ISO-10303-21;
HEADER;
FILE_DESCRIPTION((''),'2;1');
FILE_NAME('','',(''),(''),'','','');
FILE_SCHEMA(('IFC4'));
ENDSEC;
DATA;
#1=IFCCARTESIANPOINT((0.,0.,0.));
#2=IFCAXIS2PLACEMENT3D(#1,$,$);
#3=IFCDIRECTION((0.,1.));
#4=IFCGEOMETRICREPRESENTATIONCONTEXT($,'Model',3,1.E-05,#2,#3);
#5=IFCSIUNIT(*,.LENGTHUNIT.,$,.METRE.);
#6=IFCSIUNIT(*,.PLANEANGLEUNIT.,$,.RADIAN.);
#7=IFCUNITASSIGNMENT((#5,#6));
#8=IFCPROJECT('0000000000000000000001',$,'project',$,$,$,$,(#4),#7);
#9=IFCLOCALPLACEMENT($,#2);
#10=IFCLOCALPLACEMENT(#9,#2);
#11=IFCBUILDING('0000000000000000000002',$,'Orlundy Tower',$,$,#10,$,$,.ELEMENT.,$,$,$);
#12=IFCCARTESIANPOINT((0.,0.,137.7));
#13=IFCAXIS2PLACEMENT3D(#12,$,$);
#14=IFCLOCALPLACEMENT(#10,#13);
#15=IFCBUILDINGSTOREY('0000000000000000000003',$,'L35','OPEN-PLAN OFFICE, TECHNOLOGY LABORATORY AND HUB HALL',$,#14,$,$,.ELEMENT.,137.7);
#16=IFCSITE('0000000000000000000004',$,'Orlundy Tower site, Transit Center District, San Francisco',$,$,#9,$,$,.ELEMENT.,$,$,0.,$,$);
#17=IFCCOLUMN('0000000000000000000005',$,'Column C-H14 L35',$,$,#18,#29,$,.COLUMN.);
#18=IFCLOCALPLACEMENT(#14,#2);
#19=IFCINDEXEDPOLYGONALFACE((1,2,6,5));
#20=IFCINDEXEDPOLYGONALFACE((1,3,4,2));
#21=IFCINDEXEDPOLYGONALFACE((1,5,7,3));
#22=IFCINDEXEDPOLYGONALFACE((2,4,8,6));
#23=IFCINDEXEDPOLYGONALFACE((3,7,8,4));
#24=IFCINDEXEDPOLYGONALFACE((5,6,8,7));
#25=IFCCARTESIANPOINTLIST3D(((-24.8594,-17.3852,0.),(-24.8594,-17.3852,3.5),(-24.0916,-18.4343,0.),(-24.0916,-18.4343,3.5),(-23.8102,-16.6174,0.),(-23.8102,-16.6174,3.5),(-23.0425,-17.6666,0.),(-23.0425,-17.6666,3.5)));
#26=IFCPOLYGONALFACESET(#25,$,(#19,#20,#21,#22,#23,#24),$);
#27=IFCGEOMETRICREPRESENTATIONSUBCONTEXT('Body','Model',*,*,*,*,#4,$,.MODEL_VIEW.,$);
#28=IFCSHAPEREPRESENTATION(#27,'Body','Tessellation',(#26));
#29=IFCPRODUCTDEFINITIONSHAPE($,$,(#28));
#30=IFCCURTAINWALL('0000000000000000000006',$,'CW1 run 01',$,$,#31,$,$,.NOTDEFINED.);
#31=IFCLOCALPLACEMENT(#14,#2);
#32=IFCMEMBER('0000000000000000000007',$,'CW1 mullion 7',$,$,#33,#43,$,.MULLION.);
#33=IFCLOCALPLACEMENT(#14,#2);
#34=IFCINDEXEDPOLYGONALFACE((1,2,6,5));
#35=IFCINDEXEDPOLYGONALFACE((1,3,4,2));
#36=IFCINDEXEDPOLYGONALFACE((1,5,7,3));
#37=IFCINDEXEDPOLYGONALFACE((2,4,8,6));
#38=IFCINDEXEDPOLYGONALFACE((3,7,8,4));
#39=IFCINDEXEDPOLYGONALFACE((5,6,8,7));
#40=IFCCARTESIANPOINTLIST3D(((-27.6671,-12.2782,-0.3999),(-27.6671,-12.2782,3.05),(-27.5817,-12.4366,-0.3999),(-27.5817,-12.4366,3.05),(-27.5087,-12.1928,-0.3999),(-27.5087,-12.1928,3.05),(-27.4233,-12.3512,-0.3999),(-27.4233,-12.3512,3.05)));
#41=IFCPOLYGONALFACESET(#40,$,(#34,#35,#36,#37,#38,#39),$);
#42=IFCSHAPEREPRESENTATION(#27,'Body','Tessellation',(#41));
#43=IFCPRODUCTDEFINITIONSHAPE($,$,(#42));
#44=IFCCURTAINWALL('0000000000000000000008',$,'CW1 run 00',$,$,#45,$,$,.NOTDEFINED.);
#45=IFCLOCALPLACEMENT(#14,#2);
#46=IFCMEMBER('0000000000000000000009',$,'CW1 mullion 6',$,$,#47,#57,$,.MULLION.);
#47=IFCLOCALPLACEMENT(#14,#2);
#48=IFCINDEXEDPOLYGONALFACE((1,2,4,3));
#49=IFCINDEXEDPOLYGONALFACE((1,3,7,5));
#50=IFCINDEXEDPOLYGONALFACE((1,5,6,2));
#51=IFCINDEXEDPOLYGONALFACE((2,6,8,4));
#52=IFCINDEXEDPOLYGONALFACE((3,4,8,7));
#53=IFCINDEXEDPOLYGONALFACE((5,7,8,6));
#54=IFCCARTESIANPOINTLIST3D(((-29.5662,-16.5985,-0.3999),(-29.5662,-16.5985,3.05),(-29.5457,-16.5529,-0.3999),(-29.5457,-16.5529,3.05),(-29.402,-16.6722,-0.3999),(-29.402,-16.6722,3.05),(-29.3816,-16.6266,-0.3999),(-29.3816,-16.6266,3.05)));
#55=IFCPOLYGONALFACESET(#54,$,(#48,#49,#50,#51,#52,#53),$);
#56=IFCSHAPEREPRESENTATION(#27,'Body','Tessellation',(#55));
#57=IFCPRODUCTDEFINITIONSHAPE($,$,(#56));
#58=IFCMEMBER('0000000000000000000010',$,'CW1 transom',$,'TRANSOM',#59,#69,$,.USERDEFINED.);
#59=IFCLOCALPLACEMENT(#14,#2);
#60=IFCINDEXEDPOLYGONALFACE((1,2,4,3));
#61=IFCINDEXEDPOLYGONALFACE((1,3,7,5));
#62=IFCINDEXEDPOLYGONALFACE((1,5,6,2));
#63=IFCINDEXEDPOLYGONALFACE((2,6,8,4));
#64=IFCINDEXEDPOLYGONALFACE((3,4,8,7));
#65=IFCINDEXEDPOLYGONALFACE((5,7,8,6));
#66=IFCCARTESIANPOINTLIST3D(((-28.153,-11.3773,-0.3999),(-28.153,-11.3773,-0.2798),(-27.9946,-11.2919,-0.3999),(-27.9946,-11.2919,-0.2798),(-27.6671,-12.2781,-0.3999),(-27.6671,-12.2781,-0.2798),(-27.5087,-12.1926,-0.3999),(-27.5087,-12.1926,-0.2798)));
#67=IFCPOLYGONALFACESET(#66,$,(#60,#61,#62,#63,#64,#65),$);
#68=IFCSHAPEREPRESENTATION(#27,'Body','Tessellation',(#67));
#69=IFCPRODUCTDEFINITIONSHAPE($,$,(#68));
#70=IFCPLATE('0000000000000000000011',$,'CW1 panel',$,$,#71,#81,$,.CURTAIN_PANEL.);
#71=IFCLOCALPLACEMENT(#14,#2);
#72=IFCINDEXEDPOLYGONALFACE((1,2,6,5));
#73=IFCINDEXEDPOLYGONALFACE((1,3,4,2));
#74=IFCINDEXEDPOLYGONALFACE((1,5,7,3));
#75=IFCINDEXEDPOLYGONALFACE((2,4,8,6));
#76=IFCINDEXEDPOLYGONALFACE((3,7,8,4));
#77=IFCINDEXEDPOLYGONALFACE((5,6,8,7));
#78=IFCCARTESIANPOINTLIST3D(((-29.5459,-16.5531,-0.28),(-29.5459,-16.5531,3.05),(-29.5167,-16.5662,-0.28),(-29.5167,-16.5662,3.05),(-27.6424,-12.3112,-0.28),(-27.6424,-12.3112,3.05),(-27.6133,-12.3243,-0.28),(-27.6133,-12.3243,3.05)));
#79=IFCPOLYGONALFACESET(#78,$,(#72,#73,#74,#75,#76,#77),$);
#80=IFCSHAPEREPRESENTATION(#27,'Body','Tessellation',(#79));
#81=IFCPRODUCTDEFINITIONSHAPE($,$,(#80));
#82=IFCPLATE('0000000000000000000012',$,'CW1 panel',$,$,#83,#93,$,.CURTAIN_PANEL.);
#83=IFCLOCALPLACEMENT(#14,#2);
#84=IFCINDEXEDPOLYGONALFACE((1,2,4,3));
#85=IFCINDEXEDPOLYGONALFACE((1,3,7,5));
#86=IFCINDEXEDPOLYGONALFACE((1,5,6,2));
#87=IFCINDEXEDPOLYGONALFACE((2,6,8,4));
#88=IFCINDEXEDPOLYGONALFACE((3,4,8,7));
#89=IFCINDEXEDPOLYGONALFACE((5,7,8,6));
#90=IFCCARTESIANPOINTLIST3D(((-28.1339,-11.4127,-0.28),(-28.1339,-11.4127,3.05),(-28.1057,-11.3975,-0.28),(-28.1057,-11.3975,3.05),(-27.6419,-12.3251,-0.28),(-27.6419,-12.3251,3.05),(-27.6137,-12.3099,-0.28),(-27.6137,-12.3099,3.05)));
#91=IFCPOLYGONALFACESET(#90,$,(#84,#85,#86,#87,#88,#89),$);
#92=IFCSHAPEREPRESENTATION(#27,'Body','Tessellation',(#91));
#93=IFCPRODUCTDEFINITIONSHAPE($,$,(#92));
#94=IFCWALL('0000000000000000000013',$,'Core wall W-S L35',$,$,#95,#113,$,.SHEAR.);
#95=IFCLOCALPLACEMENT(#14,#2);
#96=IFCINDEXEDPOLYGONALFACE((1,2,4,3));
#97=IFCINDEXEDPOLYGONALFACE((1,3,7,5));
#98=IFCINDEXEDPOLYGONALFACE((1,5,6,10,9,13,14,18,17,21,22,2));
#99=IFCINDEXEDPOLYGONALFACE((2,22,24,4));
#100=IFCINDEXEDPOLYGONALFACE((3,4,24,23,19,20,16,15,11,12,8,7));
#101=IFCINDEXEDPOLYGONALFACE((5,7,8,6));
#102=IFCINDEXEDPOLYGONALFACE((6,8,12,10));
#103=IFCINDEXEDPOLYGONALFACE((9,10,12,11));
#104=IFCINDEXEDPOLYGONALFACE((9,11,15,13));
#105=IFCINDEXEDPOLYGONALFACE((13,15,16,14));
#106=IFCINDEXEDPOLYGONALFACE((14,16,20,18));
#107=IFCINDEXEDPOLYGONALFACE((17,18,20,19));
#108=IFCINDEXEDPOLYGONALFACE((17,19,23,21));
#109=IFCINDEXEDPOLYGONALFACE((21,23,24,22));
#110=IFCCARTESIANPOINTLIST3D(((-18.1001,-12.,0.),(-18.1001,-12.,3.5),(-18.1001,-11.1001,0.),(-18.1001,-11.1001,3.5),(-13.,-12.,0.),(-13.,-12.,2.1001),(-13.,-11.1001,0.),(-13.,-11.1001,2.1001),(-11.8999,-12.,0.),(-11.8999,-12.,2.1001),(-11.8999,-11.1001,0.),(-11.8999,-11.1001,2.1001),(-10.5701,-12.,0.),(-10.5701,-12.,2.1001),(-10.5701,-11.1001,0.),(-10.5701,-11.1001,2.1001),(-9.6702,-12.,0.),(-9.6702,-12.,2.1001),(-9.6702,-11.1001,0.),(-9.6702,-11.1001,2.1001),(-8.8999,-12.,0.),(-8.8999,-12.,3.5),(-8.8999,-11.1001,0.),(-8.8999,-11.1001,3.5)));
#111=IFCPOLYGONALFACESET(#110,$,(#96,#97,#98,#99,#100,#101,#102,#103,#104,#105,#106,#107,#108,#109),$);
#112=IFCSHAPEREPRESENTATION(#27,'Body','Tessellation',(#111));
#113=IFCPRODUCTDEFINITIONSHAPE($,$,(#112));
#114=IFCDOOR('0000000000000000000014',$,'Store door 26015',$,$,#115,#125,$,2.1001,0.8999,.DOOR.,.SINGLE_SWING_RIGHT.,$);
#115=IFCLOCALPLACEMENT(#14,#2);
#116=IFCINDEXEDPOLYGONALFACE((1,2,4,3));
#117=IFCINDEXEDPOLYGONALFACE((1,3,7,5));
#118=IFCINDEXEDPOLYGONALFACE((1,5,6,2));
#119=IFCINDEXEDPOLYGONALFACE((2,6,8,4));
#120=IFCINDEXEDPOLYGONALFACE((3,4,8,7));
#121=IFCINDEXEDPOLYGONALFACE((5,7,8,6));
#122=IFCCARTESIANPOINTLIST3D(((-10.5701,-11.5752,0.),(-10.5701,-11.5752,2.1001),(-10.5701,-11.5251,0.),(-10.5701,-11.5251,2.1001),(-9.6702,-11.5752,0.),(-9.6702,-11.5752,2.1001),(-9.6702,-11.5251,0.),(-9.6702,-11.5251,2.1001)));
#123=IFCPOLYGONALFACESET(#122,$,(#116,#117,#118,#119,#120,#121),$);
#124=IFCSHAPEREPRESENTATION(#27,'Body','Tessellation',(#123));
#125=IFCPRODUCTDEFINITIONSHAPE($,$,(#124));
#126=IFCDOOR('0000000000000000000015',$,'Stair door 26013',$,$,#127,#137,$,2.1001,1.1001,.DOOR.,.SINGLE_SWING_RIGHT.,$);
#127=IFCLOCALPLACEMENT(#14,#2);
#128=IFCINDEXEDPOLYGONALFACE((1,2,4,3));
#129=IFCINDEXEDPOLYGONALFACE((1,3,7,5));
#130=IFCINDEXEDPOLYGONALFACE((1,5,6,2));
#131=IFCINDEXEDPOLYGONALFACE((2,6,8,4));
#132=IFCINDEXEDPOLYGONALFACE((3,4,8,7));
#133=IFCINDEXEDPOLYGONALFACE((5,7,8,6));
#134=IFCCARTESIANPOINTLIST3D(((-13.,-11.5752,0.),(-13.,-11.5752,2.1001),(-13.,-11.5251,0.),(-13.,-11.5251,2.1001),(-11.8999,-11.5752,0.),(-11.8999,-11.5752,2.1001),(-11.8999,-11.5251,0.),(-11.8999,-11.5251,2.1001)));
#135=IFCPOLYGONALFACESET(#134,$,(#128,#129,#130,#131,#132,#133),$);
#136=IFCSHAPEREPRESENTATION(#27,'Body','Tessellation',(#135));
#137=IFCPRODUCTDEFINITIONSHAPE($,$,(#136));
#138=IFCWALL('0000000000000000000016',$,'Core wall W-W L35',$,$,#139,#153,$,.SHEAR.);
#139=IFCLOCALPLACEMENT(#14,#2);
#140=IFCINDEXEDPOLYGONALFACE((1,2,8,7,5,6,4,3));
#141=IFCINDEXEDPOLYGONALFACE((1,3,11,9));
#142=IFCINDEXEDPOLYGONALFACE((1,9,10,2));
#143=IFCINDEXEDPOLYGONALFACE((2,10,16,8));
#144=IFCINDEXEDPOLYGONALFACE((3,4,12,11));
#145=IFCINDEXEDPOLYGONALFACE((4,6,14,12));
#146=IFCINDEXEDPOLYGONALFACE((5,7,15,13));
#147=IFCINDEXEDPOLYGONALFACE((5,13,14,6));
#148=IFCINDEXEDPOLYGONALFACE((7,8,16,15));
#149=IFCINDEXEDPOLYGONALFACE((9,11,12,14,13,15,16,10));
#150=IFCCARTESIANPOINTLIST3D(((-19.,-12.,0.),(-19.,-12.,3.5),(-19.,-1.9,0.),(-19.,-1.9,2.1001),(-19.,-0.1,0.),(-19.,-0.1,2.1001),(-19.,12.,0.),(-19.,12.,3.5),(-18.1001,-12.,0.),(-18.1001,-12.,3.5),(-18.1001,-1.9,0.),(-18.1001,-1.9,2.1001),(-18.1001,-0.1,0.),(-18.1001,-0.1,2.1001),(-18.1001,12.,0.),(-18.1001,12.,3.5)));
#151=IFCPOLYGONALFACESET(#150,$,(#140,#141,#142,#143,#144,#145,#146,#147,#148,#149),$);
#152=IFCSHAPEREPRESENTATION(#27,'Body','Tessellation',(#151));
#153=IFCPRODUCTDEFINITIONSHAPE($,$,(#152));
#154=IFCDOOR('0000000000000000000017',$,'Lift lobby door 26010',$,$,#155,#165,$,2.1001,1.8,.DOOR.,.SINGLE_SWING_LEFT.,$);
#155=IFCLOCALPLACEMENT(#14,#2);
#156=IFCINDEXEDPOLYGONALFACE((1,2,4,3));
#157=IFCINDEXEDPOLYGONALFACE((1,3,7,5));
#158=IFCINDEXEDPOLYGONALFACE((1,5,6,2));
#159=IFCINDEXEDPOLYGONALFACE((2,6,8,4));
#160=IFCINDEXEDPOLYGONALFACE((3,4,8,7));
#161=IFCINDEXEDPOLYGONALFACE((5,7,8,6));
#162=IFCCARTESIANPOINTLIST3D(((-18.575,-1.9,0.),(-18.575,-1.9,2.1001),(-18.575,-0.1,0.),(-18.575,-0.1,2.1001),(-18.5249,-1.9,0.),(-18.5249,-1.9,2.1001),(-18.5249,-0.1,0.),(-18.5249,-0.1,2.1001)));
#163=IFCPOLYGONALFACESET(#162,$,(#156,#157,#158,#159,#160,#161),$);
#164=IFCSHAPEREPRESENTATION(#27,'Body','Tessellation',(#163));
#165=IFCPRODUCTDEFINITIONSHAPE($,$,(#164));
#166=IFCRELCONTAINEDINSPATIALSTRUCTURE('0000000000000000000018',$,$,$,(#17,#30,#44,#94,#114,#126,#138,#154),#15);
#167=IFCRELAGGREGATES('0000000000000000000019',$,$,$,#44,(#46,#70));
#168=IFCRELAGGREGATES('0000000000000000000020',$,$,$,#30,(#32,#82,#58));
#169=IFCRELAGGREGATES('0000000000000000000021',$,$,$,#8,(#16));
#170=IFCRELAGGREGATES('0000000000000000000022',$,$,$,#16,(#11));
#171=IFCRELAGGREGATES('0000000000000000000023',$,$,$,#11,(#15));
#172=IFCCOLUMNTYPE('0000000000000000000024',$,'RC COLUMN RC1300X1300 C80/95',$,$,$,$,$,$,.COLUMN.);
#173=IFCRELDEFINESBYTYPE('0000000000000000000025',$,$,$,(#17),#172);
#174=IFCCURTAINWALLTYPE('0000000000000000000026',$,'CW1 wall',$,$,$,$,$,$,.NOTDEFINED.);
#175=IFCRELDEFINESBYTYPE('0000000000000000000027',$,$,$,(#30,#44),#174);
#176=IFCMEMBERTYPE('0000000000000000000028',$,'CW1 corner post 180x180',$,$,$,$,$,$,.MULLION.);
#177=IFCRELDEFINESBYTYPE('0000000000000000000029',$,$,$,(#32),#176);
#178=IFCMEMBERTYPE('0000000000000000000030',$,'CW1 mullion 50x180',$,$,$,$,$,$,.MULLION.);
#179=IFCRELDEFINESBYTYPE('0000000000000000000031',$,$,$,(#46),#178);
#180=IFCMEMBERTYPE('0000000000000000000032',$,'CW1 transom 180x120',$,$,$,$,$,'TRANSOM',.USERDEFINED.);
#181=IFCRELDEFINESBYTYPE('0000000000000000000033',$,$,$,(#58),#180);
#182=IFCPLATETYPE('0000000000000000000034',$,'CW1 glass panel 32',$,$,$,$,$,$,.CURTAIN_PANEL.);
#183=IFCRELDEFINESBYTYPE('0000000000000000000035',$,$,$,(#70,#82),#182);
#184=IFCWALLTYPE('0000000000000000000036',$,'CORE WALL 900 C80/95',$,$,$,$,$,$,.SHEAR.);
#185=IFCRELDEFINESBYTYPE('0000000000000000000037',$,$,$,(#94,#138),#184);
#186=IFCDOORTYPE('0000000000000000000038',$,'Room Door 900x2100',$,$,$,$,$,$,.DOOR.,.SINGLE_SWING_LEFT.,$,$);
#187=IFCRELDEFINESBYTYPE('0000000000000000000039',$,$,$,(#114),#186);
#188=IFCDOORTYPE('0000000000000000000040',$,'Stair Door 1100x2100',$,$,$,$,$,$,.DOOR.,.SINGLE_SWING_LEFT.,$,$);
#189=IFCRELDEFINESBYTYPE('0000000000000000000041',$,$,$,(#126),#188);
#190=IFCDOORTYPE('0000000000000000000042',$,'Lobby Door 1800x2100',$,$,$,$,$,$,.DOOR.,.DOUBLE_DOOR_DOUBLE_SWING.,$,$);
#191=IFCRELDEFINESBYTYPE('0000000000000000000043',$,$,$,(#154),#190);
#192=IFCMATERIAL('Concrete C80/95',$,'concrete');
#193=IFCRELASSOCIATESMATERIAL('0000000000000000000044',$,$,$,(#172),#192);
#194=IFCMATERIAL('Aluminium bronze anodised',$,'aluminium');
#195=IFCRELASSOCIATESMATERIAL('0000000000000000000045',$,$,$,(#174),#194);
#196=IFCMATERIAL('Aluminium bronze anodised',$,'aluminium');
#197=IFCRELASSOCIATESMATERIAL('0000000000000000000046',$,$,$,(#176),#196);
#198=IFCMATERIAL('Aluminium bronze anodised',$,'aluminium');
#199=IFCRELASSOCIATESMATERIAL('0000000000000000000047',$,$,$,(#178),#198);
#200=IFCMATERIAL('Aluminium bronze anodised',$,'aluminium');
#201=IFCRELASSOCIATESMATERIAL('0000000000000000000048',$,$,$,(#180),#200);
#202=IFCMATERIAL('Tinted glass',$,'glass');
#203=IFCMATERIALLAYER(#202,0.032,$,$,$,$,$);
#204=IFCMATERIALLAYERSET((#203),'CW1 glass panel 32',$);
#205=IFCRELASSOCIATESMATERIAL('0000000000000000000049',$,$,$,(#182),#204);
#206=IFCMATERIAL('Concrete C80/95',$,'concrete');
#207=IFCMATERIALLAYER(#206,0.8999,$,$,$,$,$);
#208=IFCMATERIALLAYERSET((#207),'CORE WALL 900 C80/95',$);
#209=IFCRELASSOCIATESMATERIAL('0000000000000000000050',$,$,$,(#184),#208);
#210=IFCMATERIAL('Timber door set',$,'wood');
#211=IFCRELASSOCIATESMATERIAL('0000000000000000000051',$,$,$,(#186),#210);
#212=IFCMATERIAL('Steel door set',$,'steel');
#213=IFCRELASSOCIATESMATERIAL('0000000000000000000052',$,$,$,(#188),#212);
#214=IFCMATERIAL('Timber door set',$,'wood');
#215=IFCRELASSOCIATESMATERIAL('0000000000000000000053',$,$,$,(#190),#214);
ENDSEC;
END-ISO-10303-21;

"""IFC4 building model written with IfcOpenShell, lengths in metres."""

from ifc_helpers import new_model, si_unit, direction, frame, frame_2d, origin, origin_2d, place, context, subcontext, project, spatial, rectangle, extrude, material, layer, layer_set, material_profile, profile_set, type_object, element, fill, aggregate, save


model = new_model("IFC4")

# Units and contexts
model_context = context("Model", 3, precision=1e-05, world=origin(), true_north=direction((0.0, 1.0)))
body_context = subcontext(model_context, "Body", "Model", "MODEL_VIEW")
ifc_project = project(units=[si_unit("LENGTHUNIT", "METRE"), si_unit("PLANEANGLEUNIT", "RADIAN")], contexts=[model_context])

# Site, building, storey
site_placement = place(None, origin())
site = spatial("IfcSite", under=ifc_project, at=site_placement, Name="Orlundy Tower site, Transit Center District, San Francisco", CompositionType="ELEMENT", RefElevation=0.0)
building_placement = place(site_placement, origin())
building = spatial("IfcBuilding", under=site, at=building_placement, Name="Orlundy Tower", CompositionType="ELEMENT")
storey_placement = place(building_placement, frame((0.0, 0.0, 137.7)))
storey = spatial("IfcBuildingStorey", under=building, at=storey_placement, Name="L35", Description="OPEN-PLAN OFFICE, TECHNOLOGY LABORATORY AND HUB HALL", CompositionType="ELEMENT", Elevation=137.7)

# Column
ifc_material_1 = material(Name="Concrete C80/95", Category="concrete")
ifc_material_profile_1 = material_profile(ifc_material_1, rectangle(XDim=1.3, YDim=1.3, at=origin_2d()), Name="RC1300X1300")
ifc_profile_set_1 = profile_set([ifc_material_profile_1], Name="Concrete C80/95")
column_type = type_object("IfcColumnType", Name="RC COLUMN RC1300X1300 C80/95", PredefinedType="COLUMN", material=ifc_profile_set_1)
column_placement = place(storey_placement, frame((-23.9509, -17.5259, 0.0), z_axis=(0.0, 0.0, 1.0), x_axis=(-0.807012, -0.590535, 0.0)))
element("IfcColumn", 1, at=column_placement, inside=storey, type_object=column_type, Name="Column C-H14 L35", PredefinedType="COLUMN", context=body_context, shape_type="SweptSolid", body=[
    extrude(rectangle(XDim=1.3, YDim=1.3, at=origin_2d()), origin(), (0.0, 0.0, 1.0), 3.5),
])

# Curtain walls, members
ifc_material_2 = material(Name="Aluminium bronze anodised", Category="aluminium")
curtain_wall_type = type_object("IfcCurtainWallType", Name="CW1 wall", PredefinedType="NOTDEFINED", material=ifc_material_2)
curtain_wall_1_placement = place(storey_placement, origin())
curtain_wall_1 = element("IfcCurtainWall", 2, at=curtain_wall_1_placement, inside=storey, type_object=curtain_wall_type, Name="CW1 run 01", PredefinedType="NOTDEFINED")
ifc_material_3 = material(Name="Aluminium bronze anodised", Category="aluminium")
ifc_material_profile_2 = material_profile(ifc_material_3, rectangle(XDim=0.1799, YDim=0.1799, at=origin_2d()), Name="CW1 corner post 180x180")
ifc_profile_set_2 = profile_set([ifc_material_profile_2], Name="Aluminium bronze anodised")
member_type_1 = type_object("IfcMemberType", Name="CW1 corner post 180x180", PredefinedType="MULLION", material=ifc_profile_set_2)
member_1_placement = place(storey_placement, frame((-27.5452, -12.3147, -0.3999), z_axis=(0.0, 0.0, 1.0), x_axis=(-0.880189, -0.474624, 0.0)))
member_1 = element("IfcMember", 3, at=member_1_placement, type_object=member_type_1, Name="CW1 mullion 7", PredefinedType="MULLION", context=body_context, shape_type="SweptSolid", body=[
    extrude(rectangle(XDim=0.1799, YDim=0.1799, at=origin_2d()), origin(), (0.0, 0.0, 1.0), 3.45),
])
curtain_wall_2_placement = place(storey_placement, origin())
curtain_wall_2 = element("IfcCurtainWall", 4, at=curtain_wall_2_placement, inside=storey, type_object=curtain_wall_type, Name="CW1 run 00", PredefinedType="NOTDEFINED")
ifc_material_4 = material(Name="Aluminium bronze anodised", Category="aluminium")
ifc_material_profile_3 = material_profile(ifc_material_4, rectangle(XDim=0.1799, YDim=0.05, at=origin_2d()), Name="CW1 mullion 50x180")
ifc_profile_set_3 = profile_set([ifc_material_profile_3], Name="Aluminium bronze anodised")
member_type_2 = type_object("IfcMemberType", Name="CW1 mullion 50x180", PredefinedType="MULLION", material=ifc_profile_set_3)
member_2_placement = place(storey_placement, frame((-29.4739, -16.6125, -0.3999), z_axis=(0.0, 0.0, 1.0), x_axis=(-0.912353, 0.409404, 0.0)))
member_2 = element("IfcMember", 5, at=member_2_placement, type_object=member_type_2, Name="CW1 mullion 6", PredefinedType="MULLION", context=body_context, shape_type="SweptSolid", body=[
    extrude(rectangle(XDim=0.1799, YDim=0.05, at=origin_2d()), origin(), (0.0, 0.0, 1.0), 3.45),
])

# Member
ifc_material_5 = material(Name="Aluminium bronze anodised", Category="aluminium")
ifc_material_profile_4 = material_profile(ifc_material_5, rectangle(XDim=0.1799, YDim=0.1201, at=origin_2d()), Name="CW1 transom 180x120")
ifc_profile_set_4 = profile_set([ifc_material_profile_4], Name="Aluminium bronze anodised")
member_type_3 = type_object("IfcMemberType", Name="CW1 transom 180x120", ElementType="TRANSOM", PredefinedType="USERDEFINED", material=ifc_profile_set_4)
member_3_placement = place(storey_placement, frame((-27.5879, -12.2354, -0.3398), z_axis=(-0.474768, 0.880111, 0.0), x_axis=(-0.880111, -0.474768, 0.0)))
member_3 = element("IfcMember", 6, at=member_3_placement, type_object=member_type_3, Name="CW1 transom", ObjectType="TRANSOM", PredefinedType="USERDEFINED", context=body_context, shape_type="SweptSolid", body=[
    extrude(rectangle(XDim=0.1799, YDim=0.1201, at=origin_2d()), origin(), (0.0, 0.0, 1.0), 1.0234),
])

# Plates
ifc_material_6 = material(Name="Tinted glass", Category="glass")
ifc_layer_1 = layer(ifc_material_6, 0.032)
ifc_layer_set_1 = layer_set([ifc_layer_1], Name="CW1 glass panel 32")
plate_type = type_object("IfcPlateType", Name="CW1 glass panel 32", PredefinedType="CURTAIN_PANEL", material=ifc_layer_set_1)
plate_1_placement = place(storey_placement, frame((-28.5796, -14.4387, -0.28), z_axis=(0.0, 0.0, 1.0), x_axis=(0.409404, 0.912353, 0.0)))
plate_1 = element("IfcPlate", 7, at=plate_1_placement, type_object=plate_type, Name="CW1 panel", PredefinedType="CURTAIN_PANEL", context=body_context, shape_type="SweptSolid", body=[
    extrude(rectangle(XDim=4.6494, YDim=0.032, at=origin_2d()), origin(), (0.0, 0.0, 1.0), 3.3301),
])
aggregate(curtain_wall_2, [member_2, plate_1])
plate_2_placement = place(storey_placement, frame((-27.8738, -11.8613, -0.28), z_axis=(0.0, 0.0, 1.0), x_axis=(-0.474624, 0.880189, 0.0)))
plate_2 = element("IfcPlate", 8, at=plate_2_placement, type_object=plate_type, Name="CW1 panel", PredefinedType="CURTAIN_PANEL", context=body_context, shape_type="SweptSolid", body=[
    extrude(rectangle(XDim=1.0366, YDim=0.032, at=origin_2d()), origin(), (0.0, 0.0, 1.0), 3.3301),
])
aggregate(curtain_wall_1, [member_1, plate_2, member_3])

# Wall, openings, doors
ifc_material_7 = material(Name="Concrete C80/95", Category="concrete")
ifc_layer_2 = layer(ifc_material_7, 0.8999)
ifc_layer_set_2 = layer_set([ifc_layer_2], Name="CORE WALL 900 C80/95")
wall_type_1 = type_object("IfcWallType", Name="CORE WALL 900 C80/95", PredefinedType="SHEAR", material=ifc_layer_set_2)
wall_1_placement = place(storey_placement, frame((-18.1001, -11.55, 0.0), z_axis=(0.0, 0.0, 1.0), x_axis=(1.0, 0.0, 0.0)))
wall_1 = element("IfcWall", 9, at=wall_1_placement, inside=storey, type_object=wall_type_1, Name="Core wall W-S L35", PredefinedType="SHEAR", context=body_context, shape_type="SweptSolid", body=[
    extrude(rectangle(XDim=9.2002, YDim=0.8999, at=frame_2d((4.6001, 0.0))), origin(), (0.0, 0.0, 1.0), 3.5),
])
opening_1_placement = place(wall_1_placement, frame((5.1001, 0.0, 0.0)))
opening_1 = element("IfcOpeningElement", 10, at=opening_1_placement, cuts=wall_1, PredefinedType="OPENING", context=body_context, shape_type="SweptSolid", body=[
    extrude(rectangle(XDim=1.1001, YDim=2.1001, at=frame_2d((0.55, 1.05))), frame((0.0, 0.46, 0.0), z_axis=(0.0, -1.0, 0.0), x_axis=(1.0, 0.0, 0.0)), (0.0, 0.0, 1.0), 0.9199),
])
opening_2_placement = place(wall_1_placement, frame((7.53, 0.0, 0.0)))
opening_2 = element("IfcOpeningElement", 11, at=opening_2_placement, cuts=wall_1, PredefinedType="OPENING", context=body_context, shape_type="SweptSolid", body=[
    extrude(rectangle(XDim=0.8999, YDim=2.1001, at=frame_2d((0.45, 1.05))), frame((0.0, 0.46, 0.0), z_axis=(0.0, -1.0, 0.0), x_axis=(1.0, 0.0, 0.0)), (0.0, 0.0, 1.0), 0.9199),
])
ifc_material_8 = material(Name="Timber door set", Category="wood")
door_type_1 = type_object("IfcDoorType", Name="Room Door 900x2100", OperationType="SINGLE_SWING_LEFT", PredefinedType="DOOR", material=ifc_material_8)
door_1_placement = place(opening_2_placement, origin())
door_1 = element("IfcDoor", 12, at=door_1_placement, inside=storey, type_object=door_type_1, Name="Store door 26015", OperationType="SINGLE_SWING_RIGHT", OverallHeight=2.1001, OverallWidth=0.8999, PredefinedType="DOOR", context=body_context, shape_type="SweptSolid", body=[
    extrude(rectangle(XDim=0.8999, YDim=2.1001, at=frame_2d((0.45, 1.05))), frame((0.0, 0.0249, 0.0), z_axis=(0.0, -1.0, 0.0), x_axis=(1.0, 0.0, 0.0)), (0.0, 0.0, 1.0), 0.05),
])
fill(opening_2, door_1)
ifc_material_9 = material(Name="Steel door set", Category="steel")
door_type_2 = type_object("IfcDoorType", Name="Stair Door 1100x2100", OperationType="SINGLE_SWING_LEFT", PredefinedType="DOOR", material=ifc_material_9)
door_2_placement = place(opening_1_placement, origin())
door_2 = element("IfcDoor", 13, at=door_2_placement, inside=storey, type_object=door_type_2, Name="Stair door 26013", OperationType="SINGLE_SWING_RIGHT", OverallHeight=2.1001, OverallWidth=1.1001, PredefinedType="DOOR", context=body_context, shape_type="SweptSolid", body=[
    extrude(rectangle(XDim=1.1001, YDim=2.1001, at=frame_2d((0.55, 1.05))), frame((0.0, 0.0249, 0.0), z_axis=(0.0, -1.0, 0.0), x_axis=(1.0, 0.0, 0.0)), (0.0, 0.0, 1.0), 0.05),
])
fill(opening_1, door_2)

# Wall, opening, door
wall_2_placement = place(storey_placement, frame((-18.55, -12.0, 0.0), z_axis=(0.0, 0.0, 1.0), x_axis=(0.0, 1.0, 0.0)))
wall_2 = element("IfcWall", 14, at=wall_2_placement, inside=storey, type_object=wall_type_1, Name="Core wall W-W L35", PredefinedType="SHEAR", context=body_context, shape_type="SweptSolid", body=[
    extrude(rectangle(XDim=24.0, YDim=0.8999, at=frame_2d((12.0, 0.0))), origin(), (0.0, 0.0, 1.0), 3.5),
])
opening_3_placement = place(wall_2_placement, frame((10.1001, 0.0, 0.0)))
opening_3 = element("IfcOpeningElement", 15, at=opening_3_placement, cuts=wall_2, PredefinedType="OPENING", context=body_context, shape_type="SweptSolid", body=[
    extrude(rectangle(XDim=1.8, YDim=2.1001, at=frame_2d((0.8999, 1.05))), frame((0.0, 0.46, 0.0), z_axis=(0.0, -1.0, 0.0), x_axis=(1.0, 0.0, 0.0)), (0.0, 0.0, 1.0), 0.9199),
])
ifc_material_10 = material(Name="Timber door set", Category="wood")
door_type_3 = type_object("IfcDoorType", Name="Lobby Door 1800x2100", OperationType="DOUBLE_DOOR_DOUBLE_SWING", PredefinedType="DOOR", material=ifc_material_10)
door_3_placement = place(opening_3_placement, origin())
door_3 = element("IfcDoor", 16, at=door_3_placement, inside=storey, type_object=door_type_3, Name="Lift lobby door 26010", OperationType="SINGLE_SWING_LEFT", OverallHeight=2.1001, OverallWidth=1.8, PredefinedType="DOOR", context=body_context, shape_type="SweptSolid", body=[
    extrude(rectangle(XDim=1.8, YDim=2.1001, at=frame_2d((0.8999, 1.05))), frame((0.0, 0.0249, 0.0), z_axis=(0.0, -1.0, 0.0), x_axis=(1.0, 0.0, 0.0)), (0.0, 0.0, 1.0), 0.05),
])
fill(opening_3, door_3)

save(model, "model.ifc")
